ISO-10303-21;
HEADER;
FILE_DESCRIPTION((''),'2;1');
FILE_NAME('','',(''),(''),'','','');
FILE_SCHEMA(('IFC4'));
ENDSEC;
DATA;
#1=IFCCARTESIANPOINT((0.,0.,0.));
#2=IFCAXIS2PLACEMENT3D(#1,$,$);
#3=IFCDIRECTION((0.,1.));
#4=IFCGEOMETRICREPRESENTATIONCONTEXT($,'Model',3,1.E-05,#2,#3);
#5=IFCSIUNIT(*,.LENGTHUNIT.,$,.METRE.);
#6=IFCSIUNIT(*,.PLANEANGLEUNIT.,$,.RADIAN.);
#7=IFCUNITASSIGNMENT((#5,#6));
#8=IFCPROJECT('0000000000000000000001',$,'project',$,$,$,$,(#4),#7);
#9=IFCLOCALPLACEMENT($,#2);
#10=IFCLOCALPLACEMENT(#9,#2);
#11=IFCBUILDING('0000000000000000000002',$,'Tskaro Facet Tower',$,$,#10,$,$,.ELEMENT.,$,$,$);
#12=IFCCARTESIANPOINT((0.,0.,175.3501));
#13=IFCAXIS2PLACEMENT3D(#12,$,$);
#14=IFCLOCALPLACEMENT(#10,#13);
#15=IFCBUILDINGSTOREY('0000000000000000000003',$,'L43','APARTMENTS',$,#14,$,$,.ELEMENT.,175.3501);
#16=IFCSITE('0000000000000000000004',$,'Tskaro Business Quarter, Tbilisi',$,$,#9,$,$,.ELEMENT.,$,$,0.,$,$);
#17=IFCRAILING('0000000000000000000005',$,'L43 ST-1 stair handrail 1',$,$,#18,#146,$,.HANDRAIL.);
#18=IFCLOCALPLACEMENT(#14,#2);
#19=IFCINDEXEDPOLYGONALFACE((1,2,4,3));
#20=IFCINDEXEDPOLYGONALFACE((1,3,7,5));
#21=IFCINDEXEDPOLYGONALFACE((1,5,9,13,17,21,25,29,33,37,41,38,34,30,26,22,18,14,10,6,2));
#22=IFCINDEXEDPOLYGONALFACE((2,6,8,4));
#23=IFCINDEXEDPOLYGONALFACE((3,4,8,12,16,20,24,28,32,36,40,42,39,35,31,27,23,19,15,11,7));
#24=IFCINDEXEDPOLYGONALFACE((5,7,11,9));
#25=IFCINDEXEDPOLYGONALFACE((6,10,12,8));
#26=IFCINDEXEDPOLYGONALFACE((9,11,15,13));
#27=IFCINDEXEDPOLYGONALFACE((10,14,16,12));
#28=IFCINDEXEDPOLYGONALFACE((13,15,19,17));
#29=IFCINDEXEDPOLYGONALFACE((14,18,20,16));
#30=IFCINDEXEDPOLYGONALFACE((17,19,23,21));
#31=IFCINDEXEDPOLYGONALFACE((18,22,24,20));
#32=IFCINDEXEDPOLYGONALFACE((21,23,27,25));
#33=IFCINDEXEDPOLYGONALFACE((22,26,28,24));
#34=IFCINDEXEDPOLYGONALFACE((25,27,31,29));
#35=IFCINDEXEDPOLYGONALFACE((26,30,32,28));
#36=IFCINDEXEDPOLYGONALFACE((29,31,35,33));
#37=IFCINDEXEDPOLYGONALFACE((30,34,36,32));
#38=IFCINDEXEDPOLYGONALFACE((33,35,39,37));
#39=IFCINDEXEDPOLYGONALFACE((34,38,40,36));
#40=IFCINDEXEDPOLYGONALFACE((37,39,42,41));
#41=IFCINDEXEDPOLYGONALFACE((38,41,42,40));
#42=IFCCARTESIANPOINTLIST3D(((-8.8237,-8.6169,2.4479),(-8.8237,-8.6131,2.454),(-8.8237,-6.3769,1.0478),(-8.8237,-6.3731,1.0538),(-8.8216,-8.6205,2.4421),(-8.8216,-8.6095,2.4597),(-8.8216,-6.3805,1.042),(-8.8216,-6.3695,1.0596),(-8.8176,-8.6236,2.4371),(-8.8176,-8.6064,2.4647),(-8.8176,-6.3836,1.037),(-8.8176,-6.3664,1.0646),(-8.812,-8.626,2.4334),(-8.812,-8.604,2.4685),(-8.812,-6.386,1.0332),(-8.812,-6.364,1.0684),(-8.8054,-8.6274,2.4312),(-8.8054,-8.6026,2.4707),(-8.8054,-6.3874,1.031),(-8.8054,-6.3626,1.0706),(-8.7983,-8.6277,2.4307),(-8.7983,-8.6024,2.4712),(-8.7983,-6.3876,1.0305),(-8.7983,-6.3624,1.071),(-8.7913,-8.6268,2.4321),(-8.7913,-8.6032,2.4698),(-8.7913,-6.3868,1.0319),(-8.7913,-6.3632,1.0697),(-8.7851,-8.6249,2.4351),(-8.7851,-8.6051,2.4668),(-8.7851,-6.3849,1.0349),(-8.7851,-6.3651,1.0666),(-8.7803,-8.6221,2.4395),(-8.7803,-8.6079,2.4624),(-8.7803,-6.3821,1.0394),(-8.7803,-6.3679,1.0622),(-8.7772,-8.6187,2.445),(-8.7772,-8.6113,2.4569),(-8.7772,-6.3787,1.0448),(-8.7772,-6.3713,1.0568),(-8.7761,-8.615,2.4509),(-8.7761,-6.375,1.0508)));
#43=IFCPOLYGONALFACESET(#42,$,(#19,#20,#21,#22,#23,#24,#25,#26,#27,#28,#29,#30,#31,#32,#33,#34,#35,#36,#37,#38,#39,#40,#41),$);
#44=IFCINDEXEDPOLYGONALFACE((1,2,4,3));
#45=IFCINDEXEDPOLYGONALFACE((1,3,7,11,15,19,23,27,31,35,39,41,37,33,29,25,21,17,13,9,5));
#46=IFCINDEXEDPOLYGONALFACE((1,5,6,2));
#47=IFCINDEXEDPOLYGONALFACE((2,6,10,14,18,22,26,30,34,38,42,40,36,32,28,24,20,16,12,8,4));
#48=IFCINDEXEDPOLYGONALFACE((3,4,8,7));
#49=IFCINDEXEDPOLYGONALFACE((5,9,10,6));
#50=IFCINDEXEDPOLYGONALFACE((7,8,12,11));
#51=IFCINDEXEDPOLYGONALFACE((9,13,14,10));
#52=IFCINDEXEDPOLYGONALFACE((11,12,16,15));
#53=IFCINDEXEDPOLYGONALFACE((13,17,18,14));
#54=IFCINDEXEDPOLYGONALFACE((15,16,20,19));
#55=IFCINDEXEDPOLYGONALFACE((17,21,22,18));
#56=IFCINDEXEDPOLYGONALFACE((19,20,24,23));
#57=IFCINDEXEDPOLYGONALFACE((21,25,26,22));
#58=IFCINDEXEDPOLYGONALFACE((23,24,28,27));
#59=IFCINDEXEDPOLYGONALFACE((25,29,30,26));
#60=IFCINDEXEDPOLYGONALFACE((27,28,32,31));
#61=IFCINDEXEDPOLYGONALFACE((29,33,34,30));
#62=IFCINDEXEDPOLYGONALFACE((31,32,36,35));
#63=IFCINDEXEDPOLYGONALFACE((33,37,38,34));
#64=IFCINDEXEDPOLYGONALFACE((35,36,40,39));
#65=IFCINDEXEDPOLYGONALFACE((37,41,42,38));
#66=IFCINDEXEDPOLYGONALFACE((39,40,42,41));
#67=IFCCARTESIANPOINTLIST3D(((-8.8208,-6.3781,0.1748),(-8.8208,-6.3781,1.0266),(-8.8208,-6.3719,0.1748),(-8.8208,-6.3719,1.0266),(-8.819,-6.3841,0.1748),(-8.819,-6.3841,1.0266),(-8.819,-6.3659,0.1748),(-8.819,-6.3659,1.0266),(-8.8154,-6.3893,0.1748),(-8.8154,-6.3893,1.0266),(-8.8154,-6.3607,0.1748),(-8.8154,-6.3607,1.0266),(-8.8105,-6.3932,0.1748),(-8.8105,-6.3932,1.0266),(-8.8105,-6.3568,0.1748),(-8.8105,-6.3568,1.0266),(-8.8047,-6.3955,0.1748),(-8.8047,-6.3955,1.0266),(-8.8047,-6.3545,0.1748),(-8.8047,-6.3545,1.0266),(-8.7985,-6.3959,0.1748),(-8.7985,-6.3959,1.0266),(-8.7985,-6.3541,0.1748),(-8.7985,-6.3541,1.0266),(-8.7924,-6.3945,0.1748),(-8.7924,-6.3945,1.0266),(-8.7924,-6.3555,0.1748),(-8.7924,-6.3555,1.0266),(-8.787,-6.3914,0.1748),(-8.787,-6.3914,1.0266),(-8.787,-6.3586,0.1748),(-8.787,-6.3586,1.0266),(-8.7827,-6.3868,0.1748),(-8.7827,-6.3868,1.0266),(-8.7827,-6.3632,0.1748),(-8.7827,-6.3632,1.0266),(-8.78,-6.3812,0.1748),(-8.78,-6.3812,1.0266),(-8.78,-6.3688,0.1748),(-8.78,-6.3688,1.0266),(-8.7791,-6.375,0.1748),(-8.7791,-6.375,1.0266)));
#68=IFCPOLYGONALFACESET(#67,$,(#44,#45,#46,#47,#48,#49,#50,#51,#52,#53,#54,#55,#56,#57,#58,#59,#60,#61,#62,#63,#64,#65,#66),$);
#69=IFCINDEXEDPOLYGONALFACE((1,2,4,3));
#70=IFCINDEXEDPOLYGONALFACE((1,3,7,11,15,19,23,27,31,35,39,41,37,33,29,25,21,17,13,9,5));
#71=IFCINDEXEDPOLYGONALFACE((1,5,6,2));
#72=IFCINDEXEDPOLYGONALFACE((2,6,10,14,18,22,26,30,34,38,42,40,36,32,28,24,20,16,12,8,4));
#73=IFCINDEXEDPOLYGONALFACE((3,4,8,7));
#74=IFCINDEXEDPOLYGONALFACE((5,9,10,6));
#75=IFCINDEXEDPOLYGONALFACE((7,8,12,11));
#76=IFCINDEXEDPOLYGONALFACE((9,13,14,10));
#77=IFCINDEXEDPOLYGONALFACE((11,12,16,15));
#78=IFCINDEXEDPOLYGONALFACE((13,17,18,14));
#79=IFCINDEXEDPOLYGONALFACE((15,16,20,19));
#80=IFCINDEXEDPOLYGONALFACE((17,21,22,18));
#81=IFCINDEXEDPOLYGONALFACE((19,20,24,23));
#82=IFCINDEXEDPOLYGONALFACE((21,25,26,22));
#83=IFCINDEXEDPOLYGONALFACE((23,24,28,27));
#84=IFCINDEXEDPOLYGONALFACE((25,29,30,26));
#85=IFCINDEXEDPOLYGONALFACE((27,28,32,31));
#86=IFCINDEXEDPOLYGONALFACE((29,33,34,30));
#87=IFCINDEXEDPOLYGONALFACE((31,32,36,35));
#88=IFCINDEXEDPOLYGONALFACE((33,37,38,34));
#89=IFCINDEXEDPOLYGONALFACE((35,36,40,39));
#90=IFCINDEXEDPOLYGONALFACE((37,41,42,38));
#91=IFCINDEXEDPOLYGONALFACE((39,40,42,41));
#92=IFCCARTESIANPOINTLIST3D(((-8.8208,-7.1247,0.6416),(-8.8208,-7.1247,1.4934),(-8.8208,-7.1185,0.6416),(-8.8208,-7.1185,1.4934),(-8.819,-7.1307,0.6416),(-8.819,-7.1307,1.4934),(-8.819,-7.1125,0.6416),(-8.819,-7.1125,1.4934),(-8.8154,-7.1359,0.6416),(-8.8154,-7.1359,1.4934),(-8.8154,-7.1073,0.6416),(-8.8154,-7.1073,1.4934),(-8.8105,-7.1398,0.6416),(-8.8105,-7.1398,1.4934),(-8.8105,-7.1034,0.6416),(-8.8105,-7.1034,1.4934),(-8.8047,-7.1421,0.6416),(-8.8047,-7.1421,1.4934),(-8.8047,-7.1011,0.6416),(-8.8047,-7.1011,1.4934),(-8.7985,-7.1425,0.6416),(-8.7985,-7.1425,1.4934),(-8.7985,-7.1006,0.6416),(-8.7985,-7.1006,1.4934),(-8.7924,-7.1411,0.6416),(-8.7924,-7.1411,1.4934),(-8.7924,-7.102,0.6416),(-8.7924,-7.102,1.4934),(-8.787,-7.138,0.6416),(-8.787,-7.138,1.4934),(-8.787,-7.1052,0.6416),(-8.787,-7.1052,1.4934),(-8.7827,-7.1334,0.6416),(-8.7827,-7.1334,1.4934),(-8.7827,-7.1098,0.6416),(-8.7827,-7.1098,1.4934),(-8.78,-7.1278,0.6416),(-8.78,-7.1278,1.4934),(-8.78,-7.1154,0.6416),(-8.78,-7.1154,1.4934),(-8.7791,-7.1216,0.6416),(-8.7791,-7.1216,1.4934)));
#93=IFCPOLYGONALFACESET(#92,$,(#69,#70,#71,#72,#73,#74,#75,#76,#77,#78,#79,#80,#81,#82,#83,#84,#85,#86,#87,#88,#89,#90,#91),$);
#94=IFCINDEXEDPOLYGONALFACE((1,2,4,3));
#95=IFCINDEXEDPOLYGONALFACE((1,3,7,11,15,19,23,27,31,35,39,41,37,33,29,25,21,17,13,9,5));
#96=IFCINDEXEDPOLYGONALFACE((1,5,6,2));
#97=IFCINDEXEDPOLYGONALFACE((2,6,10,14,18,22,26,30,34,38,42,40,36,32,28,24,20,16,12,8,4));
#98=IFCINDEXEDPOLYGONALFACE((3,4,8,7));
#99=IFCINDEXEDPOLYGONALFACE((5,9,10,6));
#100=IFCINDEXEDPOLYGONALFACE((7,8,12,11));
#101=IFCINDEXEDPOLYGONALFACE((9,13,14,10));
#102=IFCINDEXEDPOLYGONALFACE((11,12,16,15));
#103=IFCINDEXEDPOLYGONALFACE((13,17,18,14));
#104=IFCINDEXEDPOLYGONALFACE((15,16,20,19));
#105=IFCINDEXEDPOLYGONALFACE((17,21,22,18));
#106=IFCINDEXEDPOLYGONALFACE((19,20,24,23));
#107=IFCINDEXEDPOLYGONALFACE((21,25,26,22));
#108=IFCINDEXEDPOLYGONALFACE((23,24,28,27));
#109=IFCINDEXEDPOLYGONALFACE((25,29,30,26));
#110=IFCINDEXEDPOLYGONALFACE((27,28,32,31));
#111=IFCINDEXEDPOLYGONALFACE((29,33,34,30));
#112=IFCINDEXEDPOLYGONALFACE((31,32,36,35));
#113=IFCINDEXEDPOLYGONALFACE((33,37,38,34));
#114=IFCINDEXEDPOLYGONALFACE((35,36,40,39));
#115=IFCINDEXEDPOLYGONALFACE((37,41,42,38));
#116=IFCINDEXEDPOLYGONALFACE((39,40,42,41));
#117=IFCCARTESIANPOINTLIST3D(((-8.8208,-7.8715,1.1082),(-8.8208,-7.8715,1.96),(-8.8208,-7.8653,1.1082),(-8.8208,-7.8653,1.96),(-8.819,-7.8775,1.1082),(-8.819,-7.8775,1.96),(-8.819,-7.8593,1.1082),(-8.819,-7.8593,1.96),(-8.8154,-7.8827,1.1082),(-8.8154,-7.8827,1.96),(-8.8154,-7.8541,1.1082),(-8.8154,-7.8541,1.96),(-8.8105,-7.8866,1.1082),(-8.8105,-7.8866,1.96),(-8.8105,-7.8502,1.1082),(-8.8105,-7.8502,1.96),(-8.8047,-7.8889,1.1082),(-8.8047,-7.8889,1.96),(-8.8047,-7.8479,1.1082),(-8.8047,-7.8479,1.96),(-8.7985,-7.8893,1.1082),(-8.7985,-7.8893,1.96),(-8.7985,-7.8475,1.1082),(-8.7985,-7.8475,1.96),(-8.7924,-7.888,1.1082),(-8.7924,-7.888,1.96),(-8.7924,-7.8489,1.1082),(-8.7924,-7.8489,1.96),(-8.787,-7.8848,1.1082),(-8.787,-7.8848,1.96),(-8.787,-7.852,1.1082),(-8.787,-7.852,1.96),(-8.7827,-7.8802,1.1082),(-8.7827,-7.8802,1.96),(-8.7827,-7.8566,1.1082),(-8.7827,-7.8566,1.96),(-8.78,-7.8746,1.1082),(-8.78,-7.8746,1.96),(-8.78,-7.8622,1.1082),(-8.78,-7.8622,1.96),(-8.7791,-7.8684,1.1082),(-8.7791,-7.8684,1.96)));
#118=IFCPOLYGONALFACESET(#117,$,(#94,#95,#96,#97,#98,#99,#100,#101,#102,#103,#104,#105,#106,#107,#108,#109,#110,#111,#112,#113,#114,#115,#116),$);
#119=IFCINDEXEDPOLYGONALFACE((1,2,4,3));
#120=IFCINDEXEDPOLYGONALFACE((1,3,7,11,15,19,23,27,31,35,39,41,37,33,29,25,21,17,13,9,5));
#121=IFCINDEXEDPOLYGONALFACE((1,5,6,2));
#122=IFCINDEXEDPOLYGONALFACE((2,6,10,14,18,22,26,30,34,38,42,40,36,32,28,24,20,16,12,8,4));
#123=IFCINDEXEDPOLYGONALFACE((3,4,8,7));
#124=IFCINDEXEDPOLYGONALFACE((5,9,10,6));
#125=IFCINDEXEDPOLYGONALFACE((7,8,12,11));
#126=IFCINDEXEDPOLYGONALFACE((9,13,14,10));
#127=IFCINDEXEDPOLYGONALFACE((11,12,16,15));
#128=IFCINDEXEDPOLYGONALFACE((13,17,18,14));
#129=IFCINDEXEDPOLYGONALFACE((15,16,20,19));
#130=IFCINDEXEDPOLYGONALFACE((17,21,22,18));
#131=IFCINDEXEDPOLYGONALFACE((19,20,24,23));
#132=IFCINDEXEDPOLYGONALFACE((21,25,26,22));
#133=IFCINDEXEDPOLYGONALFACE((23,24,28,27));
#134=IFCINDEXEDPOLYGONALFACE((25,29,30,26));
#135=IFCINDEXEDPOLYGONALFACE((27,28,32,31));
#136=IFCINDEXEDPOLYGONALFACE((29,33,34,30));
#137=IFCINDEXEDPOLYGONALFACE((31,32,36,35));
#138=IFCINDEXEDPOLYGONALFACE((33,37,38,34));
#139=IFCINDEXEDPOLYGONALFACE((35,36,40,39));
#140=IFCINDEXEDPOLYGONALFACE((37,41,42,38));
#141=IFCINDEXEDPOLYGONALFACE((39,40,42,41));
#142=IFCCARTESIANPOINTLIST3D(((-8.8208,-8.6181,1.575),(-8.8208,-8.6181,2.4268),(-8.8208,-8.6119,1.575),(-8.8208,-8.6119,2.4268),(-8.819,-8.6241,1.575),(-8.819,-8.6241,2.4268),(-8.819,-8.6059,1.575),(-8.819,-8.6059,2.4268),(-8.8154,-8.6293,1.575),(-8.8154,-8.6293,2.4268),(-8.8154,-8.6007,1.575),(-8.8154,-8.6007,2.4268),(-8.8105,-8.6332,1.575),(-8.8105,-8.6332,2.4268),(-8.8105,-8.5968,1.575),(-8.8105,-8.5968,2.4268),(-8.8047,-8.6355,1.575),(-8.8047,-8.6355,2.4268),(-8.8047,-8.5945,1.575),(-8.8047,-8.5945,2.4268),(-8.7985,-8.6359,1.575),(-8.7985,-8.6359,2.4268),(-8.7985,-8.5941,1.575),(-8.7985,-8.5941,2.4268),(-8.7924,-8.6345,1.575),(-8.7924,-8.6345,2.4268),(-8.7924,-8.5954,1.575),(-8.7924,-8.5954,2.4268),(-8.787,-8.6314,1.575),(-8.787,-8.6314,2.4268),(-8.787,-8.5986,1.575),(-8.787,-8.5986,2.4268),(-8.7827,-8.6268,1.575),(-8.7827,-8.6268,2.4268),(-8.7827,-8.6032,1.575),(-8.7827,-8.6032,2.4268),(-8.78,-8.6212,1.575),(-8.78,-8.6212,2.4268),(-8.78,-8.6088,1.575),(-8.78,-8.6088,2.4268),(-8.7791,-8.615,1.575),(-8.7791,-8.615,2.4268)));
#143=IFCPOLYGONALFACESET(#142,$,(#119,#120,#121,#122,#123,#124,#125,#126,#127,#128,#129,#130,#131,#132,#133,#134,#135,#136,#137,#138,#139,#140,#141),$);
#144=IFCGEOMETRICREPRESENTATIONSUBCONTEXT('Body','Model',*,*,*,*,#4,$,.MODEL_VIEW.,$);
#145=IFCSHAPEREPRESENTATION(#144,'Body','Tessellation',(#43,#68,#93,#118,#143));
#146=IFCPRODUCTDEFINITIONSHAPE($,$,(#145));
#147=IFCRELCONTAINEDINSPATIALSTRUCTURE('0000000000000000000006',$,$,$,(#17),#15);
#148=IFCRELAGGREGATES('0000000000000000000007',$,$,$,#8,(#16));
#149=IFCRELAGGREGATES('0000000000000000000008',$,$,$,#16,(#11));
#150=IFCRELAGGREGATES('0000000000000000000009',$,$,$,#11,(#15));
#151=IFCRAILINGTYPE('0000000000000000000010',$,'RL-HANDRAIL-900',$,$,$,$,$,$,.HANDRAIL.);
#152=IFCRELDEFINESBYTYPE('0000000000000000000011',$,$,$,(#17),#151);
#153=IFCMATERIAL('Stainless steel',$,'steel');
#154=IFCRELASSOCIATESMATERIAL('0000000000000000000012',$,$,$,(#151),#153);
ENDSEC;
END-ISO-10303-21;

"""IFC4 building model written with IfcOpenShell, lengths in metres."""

from ifc_helpers import new_model, si_unit, direction, frame, origin, origin_2d, place, context, subcontext, project, spatial, circle, extrude, material, type_object, element, save


model = new_model("IFC4")

# Units and contexts
model_context = context("Model", 3, precision=1e-05, world=origin(), true_north=direction((0.0, 1.0)))
body_context = subcontext(model_context, "Body", "Model", "MODEL_VIEW")
ifc_project = project(units=[si_unit("LENGTHUNIT", "METRE"), si_unit("PLANEANGLEUNIT", "RADIAN")], contexts=[model_context])

# Site, building, storey
site_placement = place(None, origin())
site = spatial("IfcSite", under=ifc_project, at=site_placement, Name="Tskaro Business Quarter, Tbilisi", CompositionType="ELEMENT", RefElevation=0.0)
building_placement = place(site_placement, origin())
building = spatial("IfcBuilding", under=site, at=building_placement, Name="Tskaro Facet Tower", CompositionType="ELEMENT")
storey_placement = place(building_placement, frame((0.0, 0.0, 175.3501)))
storey = spatial("IfcBuildingStorey", under=building, at=storey_placement, Name="L43", Description="APARTMENTS", CompositionType="ELEMENT", Elevation=175.3501)

# Shared definitions
ifc_material_1 = material(Name="Stainless steel", Category="steel")

# Railing
railing_type_1 = type_object("IfcRailingType", Name="RL-HANDRAIL-900", PredefinedType="HANDRAIL", material=ifc_material_1)
railing_1_placement = place(storey_placement, frame((-8.8, -6.375, 0.1748)))
element("IfcRailing", 1, at=railing_1_placement, inside=storey, type_object=railing_type_1, Name="L43 ST-1 stair handrail 1", PredefinedType="HANDRAIL", context=body_context, shape_type="SweptSolid", body=[
    extrude(circle(Radius=0.0239, at=origin_2d()), frame((0.0, 0.0, 0.876), z_axis=(0.0, -0.847972, 0.53004), x_axis=(1.0, 0.0, 0.0)), (0.0, 0.0, 1.0), 2.6416),
    extrude(circle(Radius=0.021, at=origin_2d()), origin(), (0.0, 0.0, 1.0), 0.8518),
    extrude(circle(Radius=0.021, at=origin_2d()), frame((0.0, -0.7466, 0.4668)), (0.0, 0.0, 1.0), 0.8518),
    extrude(circle(Radius=0.021, at=origin_2d()), frame((0.0, -1.4934, 0.9333)), (0.0, 0.0, 1.0), 0.8518),
    extrude(circle(Radius=0.021, at=origin_2d()), frame((0.0, -2.24, 1.4001)), (0.0, 0.0, 1.0), 0.8518),
])

save(model, "model.ifc")
